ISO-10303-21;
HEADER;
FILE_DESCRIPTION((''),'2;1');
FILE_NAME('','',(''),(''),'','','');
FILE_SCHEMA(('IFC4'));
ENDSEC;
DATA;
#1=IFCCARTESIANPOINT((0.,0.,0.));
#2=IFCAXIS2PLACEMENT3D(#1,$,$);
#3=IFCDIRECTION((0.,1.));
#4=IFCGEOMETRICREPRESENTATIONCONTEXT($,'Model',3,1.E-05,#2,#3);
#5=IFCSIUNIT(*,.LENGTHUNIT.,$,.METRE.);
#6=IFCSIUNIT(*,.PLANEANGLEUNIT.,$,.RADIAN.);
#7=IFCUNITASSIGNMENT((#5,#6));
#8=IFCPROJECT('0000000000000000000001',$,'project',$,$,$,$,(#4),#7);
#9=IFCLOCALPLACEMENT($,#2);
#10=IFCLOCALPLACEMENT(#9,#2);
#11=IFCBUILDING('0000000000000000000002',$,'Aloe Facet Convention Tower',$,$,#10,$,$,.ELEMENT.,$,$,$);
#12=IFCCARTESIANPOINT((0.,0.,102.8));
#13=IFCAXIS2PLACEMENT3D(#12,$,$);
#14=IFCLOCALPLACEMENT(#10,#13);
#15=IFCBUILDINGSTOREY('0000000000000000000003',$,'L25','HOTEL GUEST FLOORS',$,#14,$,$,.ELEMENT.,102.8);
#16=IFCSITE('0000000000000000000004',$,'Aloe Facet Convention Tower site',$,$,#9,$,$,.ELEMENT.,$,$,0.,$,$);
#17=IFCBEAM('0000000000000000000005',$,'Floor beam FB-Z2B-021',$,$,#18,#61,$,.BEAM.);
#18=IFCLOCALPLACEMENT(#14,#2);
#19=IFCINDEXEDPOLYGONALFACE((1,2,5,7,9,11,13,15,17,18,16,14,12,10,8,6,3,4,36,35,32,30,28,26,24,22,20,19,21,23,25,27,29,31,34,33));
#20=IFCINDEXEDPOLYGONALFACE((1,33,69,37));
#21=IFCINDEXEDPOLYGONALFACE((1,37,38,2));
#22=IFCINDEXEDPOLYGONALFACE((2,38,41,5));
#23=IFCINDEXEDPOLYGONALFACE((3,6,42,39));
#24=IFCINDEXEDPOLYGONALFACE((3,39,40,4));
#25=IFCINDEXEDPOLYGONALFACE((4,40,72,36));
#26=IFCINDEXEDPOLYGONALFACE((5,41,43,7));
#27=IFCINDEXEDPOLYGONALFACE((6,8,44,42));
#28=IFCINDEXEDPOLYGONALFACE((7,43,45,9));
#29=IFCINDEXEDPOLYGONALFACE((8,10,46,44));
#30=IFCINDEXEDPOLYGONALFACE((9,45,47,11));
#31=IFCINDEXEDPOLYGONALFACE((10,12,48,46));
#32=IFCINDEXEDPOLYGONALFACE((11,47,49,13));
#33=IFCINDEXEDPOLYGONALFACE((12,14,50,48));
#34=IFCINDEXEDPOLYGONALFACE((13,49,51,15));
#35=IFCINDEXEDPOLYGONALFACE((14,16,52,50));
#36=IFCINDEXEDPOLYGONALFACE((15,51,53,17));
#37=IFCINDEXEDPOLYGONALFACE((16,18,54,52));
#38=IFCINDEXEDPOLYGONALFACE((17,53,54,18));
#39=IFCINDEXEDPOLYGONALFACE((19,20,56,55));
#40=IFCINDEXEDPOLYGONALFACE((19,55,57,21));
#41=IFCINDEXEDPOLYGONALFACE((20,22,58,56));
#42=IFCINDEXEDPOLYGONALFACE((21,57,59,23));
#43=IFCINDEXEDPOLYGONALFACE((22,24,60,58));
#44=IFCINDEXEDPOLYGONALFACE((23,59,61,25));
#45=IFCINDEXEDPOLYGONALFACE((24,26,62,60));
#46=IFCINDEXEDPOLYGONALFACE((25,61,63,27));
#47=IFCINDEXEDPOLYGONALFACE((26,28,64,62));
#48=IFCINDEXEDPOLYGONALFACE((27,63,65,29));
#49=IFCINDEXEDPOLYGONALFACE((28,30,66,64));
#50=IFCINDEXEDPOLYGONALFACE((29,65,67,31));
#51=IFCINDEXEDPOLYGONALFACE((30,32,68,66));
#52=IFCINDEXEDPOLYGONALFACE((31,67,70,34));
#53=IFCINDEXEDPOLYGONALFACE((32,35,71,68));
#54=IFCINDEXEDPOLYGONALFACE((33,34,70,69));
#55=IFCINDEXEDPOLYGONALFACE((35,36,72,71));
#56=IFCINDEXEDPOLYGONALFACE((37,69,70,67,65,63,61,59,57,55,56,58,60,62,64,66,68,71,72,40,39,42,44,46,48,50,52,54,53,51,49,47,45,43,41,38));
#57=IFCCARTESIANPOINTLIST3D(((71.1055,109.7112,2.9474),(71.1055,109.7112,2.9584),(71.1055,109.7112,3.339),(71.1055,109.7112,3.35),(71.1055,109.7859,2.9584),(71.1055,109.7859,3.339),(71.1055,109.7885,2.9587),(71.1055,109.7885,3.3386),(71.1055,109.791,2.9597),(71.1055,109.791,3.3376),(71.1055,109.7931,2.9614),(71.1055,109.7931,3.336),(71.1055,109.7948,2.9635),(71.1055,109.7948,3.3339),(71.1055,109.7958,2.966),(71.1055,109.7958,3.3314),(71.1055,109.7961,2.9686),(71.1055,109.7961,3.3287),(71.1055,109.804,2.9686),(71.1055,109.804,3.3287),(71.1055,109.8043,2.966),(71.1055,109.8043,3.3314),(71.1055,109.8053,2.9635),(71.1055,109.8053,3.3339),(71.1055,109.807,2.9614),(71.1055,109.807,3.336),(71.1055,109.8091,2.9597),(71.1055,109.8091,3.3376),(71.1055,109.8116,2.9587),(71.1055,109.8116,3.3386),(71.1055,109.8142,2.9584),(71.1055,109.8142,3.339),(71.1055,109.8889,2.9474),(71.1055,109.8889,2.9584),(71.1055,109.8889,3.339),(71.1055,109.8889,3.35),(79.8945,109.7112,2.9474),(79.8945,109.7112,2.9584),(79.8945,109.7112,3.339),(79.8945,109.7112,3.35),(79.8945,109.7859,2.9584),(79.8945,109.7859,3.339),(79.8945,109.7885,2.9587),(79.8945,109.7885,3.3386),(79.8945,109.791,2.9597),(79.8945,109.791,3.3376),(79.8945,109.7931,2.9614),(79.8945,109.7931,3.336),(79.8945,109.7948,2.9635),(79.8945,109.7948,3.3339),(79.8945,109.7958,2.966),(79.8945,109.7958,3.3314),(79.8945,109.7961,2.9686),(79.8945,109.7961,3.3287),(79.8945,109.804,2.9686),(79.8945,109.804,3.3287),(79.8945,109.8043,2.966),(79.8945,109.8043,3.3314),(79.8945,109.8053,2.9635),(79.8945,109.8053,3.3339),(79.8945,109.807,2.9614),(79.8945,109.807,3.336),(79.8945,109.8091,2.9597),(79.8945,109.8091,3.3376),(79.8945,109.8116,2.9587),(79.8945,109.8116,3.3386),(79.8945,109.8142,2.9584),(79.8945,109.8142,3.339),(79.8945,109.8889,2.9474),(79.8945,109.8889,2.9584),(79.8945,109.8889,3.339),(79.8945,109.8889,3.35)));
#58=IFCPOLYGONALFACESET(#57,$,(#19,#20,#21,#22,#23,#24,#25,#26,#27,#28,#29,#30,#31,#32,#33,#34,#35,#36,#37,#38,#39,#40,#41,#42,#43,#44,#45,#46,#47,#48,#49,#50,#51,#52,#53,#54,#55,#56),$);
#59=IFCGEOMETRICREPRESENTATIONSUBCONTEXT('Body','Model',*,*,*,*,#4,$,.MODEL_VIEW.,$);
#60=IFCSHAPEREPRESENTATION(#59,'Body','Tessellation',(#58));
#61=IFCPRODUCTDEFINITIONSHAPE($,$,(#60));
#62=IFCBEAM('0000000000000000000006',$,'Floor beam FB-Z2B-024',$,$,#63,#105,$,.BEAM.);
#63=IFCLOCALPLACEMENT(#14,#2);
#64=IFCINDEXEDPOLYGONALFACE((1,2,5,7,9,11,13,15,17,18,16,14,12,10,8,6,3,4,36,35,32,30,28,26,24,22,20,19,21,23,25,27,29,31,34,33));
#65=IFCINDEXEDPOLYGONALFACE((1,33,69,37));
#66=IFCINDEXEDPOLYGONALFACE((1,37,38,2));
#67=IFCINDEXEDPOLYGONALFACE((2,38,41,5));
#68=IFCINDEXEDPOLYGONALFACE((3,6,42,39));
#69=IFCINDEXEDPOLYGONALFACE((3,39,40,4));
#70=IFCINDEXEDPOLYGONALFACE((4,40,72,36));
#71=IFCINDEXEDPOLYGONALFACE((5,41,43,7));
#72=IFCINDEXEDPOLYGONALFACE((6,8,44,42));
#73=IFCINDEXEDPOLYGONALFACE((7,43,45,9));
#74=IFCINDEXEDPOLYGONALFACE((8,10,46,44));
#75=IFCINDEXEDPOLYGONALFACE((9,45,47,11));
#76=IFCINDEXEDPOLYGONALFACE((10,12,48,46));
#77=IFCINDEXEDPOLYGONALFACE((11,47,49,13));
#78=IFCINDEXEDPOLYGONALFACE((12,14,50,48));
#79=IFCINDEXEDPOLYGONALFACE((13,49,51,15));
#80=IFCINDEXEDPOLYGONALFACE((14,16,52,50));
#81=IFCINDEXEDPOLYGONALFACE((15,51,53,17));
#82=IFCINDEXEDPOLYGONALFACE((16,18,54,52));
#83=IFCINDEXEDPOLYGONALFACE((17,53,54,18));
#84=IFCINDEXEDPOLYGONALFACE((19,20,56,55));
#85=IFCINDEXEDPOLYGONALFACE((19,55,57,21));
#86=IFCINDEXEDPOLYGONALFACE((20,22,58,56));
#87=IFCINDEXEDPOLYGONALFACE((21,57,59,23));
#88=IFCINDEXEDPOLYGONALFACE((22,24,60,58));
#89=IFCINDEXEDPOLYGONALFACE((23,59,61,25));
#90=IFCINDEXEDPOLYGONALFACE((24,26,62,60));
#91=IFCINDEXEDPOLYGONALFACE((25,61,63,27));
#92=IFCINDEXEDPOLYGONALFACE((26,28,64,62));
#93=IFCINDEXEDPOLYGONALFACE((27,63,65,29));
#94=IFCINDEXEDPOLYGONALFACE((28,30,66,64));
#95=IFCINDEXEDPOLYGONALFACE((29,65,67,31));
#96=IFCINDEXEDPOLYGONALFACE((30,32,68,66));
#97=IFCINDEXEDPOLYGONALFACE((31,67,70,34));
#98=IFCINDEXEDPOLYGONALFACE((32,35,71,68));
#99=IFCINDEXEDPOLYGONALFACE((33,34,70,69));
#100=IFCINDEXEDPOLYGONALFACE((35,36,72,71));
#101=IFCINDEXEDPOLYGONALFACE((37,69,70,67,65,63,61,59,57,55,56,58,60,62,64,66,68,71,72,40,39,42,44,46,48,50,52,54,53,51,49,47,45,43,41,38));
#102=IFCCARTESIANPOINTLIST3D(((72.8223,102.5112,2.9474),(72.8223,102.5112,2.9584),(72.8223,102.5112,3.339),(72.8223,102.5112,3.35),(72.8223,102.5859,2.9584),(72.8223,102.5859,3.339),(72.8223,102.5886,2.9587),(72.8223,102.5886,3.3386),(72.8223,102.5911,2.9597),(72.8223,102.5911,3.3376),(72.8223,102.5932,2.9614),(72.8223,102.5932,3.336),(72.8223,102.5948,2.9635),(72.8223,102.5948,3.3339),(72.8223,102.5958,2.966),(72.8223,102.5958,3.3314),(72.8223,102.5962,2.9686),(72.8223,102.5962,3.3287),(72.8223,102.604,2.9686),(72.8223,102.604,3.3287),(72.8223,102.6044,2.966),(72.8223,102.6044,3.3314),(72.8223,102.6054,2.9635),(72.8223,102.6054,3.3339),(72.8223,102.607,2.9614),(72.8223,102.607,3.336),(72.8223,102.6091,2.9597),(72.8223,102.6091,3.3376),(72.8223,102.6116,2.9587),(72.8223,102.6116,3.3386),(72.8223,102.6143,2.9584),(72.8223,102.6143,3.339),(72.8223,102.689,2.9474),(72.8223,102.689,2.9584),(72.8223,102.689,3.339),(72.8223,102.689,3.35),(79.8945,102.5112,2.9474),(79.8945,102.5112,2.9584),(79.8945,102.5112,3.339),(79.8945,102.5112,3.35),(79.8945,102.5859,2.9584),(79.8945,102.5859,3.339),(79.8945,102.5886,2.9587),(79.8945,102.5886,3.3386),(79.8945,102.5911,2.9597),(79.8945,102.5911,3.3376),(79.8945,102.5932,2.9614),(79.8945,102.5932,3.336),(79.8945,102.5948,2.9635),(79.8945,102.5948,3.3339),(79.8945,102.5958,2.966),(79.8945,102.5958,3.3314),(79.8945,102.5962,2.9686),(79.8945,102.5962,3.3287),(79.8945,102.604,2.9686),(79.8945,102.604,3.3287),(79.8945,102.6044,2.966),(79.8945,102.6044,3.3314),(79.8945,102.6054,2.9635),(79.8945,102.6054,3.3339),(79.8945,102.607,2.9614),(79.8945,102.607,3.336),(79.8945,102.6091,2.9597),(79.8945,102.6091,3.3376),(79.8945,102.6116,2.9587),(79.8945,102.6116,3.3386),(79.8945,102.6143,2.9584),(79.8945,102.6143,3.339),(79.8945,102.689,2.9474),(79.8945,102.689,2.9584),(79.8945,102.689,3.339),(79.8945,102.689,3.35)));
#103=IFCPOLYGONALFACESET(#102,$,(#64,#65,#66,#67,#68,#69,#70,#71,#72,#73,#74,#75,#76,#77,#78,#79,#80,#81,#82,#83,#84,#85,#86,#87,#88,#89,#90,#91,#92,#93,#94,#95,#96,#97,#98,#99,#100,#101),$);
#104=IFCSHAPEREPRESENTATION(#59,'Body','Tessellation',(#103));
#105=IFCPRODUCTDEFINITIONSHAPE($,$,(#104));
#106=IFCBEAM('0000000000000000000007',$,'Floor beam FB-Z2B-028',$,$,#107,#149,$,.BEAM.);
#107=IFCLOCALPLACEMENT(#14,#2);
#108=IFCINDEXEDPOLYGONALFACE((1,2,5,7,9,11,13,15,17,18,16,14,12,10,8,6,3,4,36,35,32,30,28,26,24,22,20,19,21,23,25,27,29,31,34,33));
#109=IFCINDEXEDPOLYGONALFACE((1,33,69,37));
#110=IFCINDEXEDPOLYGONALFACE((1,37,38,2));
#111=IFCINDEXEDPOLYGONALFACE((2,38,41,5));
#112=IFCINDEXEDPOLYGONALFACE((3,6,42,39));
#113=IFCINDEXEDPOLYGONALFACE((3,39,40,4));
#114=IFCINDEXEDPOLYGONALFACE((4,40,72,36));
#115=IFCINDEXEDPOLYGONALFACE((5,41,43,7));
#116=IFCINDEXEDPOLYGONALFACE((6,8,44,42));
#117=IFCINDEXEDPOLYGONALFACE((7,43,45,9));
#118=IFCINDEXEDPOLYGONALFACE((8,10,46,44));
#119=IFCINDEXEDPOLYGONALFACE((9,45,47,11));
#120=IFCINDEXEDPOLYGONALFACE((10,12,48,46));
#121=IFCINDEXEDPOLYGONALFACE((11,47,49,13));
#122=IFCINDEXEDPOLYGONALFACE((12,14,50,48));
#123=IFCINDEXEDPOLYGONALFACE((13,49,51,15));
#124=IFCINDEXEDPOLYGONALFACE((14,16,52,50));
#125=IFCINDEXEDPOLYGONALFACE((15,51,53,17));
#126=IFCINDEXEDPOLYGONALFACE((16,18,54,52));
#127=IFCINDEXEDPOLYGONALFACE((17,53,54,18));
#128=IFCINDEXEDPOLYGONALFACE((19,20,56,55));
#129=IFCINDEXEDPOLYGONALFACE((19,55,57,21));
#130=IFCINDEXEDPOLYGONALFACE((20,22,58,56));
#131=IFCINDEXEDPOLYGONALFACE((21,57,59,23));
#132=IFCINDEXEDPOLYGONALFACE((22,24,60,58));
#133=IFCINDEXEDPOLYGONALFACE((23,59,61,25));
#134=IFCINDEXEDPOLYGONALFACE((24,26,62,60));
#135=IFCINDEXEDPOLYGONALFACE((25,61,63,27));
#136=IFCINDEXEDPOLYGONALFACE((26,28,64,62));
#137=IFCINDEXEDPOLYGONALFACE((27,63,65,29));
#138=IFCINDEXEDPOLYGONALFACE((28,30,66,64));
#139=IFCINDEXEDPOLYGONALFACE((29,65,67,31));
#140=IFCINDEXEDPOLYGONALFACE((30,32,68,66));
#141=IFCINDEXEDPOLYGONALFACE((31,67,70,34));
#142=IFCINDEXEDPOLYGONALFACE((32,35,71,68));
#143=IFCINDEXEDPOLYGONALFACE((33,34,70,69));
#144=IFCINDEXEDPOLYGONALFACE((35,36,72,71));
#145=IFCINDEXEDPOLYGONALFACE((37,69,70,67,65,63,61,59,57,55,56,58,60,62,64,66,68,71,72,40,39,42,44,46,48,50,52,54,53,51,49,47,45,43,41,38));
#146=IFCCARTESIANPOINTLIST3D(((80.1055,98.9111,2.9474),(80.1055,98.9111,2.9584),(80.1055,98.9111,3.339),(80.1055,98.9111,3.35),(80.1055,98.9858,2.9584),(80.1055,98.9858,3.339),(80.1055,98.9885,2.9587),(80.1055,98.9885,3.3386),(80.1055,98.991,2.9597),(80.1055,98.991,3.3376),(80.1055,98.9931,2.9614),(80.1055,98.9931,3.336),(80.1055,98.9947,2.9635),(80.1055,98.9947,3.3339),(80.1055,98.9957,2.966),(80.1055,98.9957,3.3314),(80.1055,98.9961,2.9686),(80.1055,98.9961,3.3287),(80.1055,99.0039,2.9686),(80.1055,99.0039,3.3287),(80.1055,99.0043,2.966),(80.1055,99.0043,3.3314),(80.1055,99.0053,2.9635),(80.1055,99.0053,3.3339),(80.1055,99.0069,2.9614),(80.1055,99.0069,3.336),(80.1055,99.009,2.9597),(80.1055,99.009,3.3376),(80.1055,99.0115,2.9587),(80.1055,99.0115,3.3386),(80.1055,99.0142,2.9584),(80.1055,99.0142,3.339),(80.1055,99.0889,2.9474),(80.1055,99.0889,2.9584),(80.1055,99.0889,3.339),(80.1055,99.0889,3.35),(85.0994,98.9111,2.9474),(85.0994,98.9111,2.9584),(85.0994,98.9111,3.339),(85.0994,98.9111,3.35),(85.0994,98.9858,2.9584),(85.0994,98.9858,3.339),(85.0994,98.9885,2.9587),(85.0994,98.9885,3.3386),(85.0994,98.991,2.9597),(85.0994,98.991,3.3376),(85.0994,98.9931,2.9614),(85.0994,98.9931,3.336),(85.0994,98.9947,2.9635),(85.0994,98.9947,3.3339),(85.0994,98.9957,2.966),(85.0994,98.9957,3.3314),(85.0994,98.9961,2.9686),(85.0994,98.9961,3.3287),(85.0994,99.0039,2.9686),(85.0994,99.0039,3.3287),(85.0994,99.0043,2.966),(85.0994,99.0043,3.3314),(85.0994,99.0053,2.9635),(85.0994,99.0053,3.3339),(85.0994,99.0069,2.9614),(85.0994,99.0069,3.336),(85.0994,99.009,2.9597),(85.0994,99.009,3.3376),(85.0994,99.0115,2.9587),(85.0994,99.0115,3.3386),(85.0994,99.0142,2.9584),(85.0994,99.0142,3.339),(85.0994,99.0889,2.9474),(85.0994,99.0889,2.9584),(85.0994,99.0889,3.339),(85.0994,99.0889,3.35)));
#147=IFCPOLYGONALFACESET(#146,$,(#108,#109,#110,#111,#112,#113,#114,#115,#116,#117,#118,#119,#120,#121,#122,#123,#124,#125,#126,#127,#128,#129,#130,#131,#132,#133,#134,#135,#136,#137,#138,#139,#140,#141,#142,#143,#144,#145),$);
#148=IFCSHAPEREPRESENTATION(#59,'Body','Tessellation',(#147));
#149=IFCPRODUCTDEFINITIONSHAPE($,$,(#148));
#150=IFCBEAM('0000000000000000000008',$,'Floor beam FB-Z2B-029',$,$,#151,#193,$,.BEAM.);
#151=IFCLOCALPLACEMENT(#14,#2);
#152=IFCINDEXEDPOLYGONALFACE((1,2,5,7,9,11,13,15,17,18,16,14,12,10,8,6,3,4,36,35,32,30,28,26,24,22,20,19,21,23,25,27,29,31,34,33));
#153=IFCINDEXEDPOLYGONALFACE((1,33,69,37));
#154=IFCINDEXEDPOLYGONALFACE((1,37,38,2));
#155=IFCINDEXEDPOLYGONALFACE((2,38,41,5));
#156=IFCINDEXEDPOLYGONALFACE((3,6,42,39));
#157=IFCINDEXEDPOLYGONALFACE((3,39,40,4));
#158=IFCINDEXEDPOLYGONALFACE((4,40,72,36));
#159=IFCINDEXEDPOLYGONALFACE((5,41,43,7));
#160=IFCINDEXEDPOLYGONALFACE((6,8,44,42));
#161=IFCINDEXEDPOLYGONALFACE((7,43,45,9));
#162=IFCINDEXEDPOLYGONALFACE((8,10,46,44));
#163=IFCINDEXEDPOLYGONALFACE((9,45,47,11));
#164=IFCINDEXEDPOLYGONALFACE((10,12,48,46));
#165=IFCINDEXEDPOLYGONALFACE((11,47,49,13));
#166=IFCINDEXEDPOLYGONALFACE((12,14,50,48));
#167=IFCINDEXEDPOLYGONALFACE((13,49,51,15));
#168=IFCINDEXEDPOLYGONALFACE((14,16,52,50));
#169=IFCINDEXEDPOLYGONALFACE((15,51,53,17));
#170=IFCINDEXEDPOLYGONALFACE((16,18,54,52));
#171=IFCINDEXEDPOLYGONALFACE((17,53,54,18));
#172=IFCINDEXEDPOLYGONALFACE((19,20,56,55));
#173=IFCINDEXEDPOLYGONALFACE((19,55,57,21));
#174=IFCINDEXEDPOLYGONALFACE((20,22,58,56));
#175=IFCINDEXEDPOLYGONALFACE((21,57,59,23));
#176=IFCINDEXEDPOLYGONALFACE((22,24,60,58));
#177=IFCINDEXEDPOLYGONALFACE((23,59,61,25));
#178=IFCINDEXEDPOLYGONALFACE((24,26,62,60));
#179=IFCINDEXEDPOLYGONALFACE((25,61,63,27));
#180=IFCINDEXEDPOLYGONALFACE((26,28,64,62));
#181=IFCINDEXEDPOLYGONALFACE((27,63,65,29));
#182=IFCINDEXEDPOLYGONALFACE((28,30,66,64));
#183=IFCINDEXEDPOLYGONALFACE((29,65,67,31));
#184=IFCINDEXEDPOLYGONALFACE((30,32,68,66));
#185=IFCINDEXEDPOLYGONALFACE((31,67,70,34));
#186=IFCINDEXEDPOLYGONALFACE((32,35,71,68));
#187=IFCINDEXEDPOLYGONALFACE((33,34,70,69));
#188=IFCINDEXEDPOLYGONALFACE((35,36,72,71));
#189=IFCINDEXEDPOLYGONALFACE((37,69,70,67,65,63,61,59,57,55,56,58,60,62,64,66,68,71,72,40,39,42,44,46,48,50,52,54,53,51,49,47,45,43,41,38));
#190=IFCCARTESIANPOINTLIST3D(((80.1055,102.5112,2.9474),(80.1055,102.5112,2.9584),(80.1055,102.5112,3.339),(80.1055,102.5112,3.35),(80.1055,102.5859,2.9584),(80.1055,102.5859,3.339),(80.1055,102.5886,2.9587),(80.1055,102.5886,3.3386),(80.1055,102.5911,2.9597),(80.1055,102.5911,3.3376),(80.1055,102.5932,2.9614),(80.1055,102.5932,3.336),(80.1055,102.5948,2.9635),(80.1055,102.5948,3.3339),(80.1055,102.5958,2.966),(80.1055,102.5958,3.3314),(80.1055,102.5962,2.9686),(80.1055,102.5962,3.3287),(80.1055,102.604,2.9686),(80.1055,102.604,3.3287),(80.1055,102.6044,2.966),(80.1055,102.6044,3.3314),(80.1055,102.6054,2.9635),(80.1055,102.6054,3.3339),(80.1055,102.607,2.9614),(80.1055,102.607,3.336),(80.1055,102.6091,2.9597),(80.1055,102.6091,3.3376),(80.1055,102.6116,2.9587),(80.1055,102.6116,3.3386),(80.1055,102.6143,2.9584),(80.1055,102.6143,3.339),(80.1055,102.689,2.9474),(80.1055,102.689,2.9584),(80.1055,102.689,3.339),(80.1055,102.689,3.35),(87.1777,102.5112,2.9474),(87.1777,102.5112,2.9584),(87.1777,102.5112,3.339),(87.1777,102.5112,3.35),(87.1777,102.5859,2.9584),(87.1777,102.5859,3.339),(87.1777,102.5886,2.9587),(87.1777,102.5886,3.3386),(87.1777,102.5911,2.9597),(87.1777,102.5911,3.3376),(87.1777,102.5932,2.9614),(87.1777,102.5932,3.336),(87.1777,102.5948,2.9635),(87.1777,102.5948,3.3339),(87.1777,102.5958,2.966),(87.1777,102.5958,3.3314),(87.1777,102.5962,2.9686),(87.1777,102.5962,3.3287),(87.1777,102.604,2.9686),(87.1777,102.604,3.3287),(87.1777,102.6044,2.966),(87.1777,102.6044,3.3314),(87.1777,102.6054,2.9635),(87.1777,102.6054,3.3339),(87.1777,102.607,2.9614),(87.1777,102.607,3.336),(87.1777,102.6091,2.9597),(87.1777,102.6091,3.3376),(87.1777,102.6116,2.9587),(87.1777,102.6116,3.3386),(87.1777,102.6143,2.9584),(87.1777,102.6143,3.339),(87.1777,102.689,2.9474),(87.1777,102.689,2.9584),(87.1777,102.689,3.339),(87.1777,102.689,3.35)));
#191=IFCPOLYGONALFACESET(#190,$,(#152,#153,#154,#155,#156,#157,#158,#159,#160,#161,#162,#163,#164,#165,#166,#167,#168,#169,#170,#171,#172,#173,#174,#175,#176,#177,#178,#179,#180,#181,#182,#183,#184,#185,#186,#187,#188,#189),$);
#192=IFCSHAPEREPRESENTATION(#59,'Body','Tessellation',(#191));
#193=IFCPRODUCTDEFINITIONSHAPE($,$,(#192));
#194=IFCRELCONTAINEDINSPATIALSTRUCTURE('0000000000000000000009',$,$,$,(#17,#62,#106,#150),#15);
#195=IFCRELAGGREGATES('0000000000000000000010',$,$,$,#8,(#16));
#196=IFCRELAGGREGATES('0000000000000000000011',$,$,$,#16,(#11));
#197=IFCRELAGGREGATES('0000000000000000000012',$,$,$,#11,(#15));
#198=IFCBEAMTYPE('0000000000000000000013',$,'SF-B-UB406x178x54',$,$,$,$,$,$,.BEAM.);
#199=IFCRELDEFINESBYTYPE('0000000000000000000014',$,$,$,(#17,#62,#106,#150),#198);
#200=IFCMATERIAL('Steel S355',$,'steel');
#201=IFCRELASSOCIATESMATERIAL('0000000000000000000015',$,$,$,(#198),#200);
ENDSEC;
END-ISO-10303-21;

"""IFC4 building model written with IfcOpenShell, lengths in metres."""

from ifc_helpers import new_model, si_unit, direction, frame, origin, origin_2d, place, context, subcontext, project, spatial, i_section, extrude, material, material_profile, profile_set, type_object, element, save


model = new_model("IFC4")

# Units and contexts
model_context = context("Model", 3, precision=1e-05, world=origin(), true_north=direction((0.0, 1.0)))
body_context = subcontext(model_context, "Body", "Model", "MODEL_VIEW")
ifc_project = project(units=[si_unit("LENGTHUNIT", "METRE"), si_unit("PLANEANGLEUNIT", "RADIAN")], contexts=[model_context])

# Site, building, storey
site_placement = place(None, origin())
site = spatial("IfcSite", under=ifc_project, at=site_placement, Name="Aloe Facet Convention Tower site", CompositionType="ELEMENT", RefElevation=0.0)
building_placement = place(site_placement, origin())
building = spatial("IfcBuilding", under=site, at=building_placement, Name="Aloe Facet Convention Tower", CompositionType="ELEMENT")
storey_placement = place(building_placement, frame((0.0, 0.0, 102.8)))
storey = spatial("IfcBuildingStorey", under=building, at=storey_placement, Name="L25", Description="HOTEL GUEST FLOORS", CompositionType="ELEMENT", Elevation=102.8)

# Beams
ifc_material_1 = material(Name="Steel S355", Category="steel")
ifc_material_profile_1 = material_profile(ifc_material_1, i_section(OverallWidth=0.1777, OverallDepth=0.4026, WebThickness=0.0078, FlangeThickness=0.011, FilletRadius=0.0103, at=origin_2d()), Name="UB 406x178x54")
ifc_profile_set_1 = profile_set([ifc_material_profile_1], Name="Steel S355")
beam_type_1 = type_object("IfcBeamType", Name="SF-B-UB406x178x54", PredefinedType="BEAM", material=ifc_profile_set_1)
for number, where, z_axis, x_axis, name in (
    (1, (71.1055, 109.8, 3.1487), (1.0, 0.0, 0.0), (0.0, 1.0, 0.0), "Floor beam FB-Z2B-021"),
):
    element("IfcBeam", number, at=place(storey_placement, frame(where, z_axis=z_axis, x_axis=x_axis)), inside=storey, type_object=beam_type_1, Name=name, PredefinedType="BEAM", context=body_context, shape_type="SweptSolid", body=[
        extrude(i_section(OverallWidth=0.1777, OverallDepth=0.4026, WebThickness=0.0078, FlangeThickness=0.011, FilletRadius=0.0103, at=origin_2d()), origin(), (0.0, 0.0, 1.0), 8.7891),
    ])
beam_1_placement = place(storey_placement, frame((72.8223, 102.6001, 3.1487), z_axis=(1.0, 0.0, 0.0), x_axis=(0.0, 1.0, 0.0)))
element("IfcBeam", 2, at=beam_1_placement, inside=storey, type_object=beam_type_1, Name="Floor beam FB-Z2B-024", PredefinedType="BEAM", context=body_context, shape_type="SweptSolid", body=[
    extrude(i_section(OverallWidth=0.1777, OverallDepth=0.4026, WebThickness=0.0078, FlangeThickness=0.011, FilletRadius=0.0103, at=origin_2d()), origin(), (0.0, 0.0, 1.0), 7.0723),
])
beam_2_placement = place(storey_placement, frame((80.1055, 99.0, 3.1487), z_axis=(1.0, 0.0, 0.0), x_axis=(0.0, 1.0, 0.0)))
element("IfcBeam", 3, at=beam_2_placement, inside=storey, type_object=beam_type_1, Name="Floor beam FB-Z2B-028", PredefinedType="BEAM", context=body_context, shape_type="SweptSolid", body=[
    extrude(i_section(OverallWidth=0.1777, OverallDepth=0.4026, WebThickness=0.0078, FlangeThickness=0.011, FilletRadius=0.0103, at=origin_2d()), origin(), (0.0, 0.0, 1.0), 4.9939),
])
beam_3_placement = place(storey_placement, frame((80.1055, 102.6001, 3.1487), z_axis=(1.0, 0.0, 0.0), x_axis=(0.0, 1.0, 0.0)))
element("IfcBeam", 4, at=beam_3_placement, inside=storey, type_object=beam_type_1, Name="Floor beam FB-Z2B-029", PredefinedType="BEAM", context=body_context, shape_type="SweptSolid", body=[
    extrude(i_section(OverallWidth=0.1777, OverallDepth=0.4026, WebThickness=0.0078, FlangeThickness=0.011, FilletRadius=0.0103, at=origin_2d()), origin(), (0.0, 0.0, 1.0), 7.0723),
])

save(model, "model.ifc")
